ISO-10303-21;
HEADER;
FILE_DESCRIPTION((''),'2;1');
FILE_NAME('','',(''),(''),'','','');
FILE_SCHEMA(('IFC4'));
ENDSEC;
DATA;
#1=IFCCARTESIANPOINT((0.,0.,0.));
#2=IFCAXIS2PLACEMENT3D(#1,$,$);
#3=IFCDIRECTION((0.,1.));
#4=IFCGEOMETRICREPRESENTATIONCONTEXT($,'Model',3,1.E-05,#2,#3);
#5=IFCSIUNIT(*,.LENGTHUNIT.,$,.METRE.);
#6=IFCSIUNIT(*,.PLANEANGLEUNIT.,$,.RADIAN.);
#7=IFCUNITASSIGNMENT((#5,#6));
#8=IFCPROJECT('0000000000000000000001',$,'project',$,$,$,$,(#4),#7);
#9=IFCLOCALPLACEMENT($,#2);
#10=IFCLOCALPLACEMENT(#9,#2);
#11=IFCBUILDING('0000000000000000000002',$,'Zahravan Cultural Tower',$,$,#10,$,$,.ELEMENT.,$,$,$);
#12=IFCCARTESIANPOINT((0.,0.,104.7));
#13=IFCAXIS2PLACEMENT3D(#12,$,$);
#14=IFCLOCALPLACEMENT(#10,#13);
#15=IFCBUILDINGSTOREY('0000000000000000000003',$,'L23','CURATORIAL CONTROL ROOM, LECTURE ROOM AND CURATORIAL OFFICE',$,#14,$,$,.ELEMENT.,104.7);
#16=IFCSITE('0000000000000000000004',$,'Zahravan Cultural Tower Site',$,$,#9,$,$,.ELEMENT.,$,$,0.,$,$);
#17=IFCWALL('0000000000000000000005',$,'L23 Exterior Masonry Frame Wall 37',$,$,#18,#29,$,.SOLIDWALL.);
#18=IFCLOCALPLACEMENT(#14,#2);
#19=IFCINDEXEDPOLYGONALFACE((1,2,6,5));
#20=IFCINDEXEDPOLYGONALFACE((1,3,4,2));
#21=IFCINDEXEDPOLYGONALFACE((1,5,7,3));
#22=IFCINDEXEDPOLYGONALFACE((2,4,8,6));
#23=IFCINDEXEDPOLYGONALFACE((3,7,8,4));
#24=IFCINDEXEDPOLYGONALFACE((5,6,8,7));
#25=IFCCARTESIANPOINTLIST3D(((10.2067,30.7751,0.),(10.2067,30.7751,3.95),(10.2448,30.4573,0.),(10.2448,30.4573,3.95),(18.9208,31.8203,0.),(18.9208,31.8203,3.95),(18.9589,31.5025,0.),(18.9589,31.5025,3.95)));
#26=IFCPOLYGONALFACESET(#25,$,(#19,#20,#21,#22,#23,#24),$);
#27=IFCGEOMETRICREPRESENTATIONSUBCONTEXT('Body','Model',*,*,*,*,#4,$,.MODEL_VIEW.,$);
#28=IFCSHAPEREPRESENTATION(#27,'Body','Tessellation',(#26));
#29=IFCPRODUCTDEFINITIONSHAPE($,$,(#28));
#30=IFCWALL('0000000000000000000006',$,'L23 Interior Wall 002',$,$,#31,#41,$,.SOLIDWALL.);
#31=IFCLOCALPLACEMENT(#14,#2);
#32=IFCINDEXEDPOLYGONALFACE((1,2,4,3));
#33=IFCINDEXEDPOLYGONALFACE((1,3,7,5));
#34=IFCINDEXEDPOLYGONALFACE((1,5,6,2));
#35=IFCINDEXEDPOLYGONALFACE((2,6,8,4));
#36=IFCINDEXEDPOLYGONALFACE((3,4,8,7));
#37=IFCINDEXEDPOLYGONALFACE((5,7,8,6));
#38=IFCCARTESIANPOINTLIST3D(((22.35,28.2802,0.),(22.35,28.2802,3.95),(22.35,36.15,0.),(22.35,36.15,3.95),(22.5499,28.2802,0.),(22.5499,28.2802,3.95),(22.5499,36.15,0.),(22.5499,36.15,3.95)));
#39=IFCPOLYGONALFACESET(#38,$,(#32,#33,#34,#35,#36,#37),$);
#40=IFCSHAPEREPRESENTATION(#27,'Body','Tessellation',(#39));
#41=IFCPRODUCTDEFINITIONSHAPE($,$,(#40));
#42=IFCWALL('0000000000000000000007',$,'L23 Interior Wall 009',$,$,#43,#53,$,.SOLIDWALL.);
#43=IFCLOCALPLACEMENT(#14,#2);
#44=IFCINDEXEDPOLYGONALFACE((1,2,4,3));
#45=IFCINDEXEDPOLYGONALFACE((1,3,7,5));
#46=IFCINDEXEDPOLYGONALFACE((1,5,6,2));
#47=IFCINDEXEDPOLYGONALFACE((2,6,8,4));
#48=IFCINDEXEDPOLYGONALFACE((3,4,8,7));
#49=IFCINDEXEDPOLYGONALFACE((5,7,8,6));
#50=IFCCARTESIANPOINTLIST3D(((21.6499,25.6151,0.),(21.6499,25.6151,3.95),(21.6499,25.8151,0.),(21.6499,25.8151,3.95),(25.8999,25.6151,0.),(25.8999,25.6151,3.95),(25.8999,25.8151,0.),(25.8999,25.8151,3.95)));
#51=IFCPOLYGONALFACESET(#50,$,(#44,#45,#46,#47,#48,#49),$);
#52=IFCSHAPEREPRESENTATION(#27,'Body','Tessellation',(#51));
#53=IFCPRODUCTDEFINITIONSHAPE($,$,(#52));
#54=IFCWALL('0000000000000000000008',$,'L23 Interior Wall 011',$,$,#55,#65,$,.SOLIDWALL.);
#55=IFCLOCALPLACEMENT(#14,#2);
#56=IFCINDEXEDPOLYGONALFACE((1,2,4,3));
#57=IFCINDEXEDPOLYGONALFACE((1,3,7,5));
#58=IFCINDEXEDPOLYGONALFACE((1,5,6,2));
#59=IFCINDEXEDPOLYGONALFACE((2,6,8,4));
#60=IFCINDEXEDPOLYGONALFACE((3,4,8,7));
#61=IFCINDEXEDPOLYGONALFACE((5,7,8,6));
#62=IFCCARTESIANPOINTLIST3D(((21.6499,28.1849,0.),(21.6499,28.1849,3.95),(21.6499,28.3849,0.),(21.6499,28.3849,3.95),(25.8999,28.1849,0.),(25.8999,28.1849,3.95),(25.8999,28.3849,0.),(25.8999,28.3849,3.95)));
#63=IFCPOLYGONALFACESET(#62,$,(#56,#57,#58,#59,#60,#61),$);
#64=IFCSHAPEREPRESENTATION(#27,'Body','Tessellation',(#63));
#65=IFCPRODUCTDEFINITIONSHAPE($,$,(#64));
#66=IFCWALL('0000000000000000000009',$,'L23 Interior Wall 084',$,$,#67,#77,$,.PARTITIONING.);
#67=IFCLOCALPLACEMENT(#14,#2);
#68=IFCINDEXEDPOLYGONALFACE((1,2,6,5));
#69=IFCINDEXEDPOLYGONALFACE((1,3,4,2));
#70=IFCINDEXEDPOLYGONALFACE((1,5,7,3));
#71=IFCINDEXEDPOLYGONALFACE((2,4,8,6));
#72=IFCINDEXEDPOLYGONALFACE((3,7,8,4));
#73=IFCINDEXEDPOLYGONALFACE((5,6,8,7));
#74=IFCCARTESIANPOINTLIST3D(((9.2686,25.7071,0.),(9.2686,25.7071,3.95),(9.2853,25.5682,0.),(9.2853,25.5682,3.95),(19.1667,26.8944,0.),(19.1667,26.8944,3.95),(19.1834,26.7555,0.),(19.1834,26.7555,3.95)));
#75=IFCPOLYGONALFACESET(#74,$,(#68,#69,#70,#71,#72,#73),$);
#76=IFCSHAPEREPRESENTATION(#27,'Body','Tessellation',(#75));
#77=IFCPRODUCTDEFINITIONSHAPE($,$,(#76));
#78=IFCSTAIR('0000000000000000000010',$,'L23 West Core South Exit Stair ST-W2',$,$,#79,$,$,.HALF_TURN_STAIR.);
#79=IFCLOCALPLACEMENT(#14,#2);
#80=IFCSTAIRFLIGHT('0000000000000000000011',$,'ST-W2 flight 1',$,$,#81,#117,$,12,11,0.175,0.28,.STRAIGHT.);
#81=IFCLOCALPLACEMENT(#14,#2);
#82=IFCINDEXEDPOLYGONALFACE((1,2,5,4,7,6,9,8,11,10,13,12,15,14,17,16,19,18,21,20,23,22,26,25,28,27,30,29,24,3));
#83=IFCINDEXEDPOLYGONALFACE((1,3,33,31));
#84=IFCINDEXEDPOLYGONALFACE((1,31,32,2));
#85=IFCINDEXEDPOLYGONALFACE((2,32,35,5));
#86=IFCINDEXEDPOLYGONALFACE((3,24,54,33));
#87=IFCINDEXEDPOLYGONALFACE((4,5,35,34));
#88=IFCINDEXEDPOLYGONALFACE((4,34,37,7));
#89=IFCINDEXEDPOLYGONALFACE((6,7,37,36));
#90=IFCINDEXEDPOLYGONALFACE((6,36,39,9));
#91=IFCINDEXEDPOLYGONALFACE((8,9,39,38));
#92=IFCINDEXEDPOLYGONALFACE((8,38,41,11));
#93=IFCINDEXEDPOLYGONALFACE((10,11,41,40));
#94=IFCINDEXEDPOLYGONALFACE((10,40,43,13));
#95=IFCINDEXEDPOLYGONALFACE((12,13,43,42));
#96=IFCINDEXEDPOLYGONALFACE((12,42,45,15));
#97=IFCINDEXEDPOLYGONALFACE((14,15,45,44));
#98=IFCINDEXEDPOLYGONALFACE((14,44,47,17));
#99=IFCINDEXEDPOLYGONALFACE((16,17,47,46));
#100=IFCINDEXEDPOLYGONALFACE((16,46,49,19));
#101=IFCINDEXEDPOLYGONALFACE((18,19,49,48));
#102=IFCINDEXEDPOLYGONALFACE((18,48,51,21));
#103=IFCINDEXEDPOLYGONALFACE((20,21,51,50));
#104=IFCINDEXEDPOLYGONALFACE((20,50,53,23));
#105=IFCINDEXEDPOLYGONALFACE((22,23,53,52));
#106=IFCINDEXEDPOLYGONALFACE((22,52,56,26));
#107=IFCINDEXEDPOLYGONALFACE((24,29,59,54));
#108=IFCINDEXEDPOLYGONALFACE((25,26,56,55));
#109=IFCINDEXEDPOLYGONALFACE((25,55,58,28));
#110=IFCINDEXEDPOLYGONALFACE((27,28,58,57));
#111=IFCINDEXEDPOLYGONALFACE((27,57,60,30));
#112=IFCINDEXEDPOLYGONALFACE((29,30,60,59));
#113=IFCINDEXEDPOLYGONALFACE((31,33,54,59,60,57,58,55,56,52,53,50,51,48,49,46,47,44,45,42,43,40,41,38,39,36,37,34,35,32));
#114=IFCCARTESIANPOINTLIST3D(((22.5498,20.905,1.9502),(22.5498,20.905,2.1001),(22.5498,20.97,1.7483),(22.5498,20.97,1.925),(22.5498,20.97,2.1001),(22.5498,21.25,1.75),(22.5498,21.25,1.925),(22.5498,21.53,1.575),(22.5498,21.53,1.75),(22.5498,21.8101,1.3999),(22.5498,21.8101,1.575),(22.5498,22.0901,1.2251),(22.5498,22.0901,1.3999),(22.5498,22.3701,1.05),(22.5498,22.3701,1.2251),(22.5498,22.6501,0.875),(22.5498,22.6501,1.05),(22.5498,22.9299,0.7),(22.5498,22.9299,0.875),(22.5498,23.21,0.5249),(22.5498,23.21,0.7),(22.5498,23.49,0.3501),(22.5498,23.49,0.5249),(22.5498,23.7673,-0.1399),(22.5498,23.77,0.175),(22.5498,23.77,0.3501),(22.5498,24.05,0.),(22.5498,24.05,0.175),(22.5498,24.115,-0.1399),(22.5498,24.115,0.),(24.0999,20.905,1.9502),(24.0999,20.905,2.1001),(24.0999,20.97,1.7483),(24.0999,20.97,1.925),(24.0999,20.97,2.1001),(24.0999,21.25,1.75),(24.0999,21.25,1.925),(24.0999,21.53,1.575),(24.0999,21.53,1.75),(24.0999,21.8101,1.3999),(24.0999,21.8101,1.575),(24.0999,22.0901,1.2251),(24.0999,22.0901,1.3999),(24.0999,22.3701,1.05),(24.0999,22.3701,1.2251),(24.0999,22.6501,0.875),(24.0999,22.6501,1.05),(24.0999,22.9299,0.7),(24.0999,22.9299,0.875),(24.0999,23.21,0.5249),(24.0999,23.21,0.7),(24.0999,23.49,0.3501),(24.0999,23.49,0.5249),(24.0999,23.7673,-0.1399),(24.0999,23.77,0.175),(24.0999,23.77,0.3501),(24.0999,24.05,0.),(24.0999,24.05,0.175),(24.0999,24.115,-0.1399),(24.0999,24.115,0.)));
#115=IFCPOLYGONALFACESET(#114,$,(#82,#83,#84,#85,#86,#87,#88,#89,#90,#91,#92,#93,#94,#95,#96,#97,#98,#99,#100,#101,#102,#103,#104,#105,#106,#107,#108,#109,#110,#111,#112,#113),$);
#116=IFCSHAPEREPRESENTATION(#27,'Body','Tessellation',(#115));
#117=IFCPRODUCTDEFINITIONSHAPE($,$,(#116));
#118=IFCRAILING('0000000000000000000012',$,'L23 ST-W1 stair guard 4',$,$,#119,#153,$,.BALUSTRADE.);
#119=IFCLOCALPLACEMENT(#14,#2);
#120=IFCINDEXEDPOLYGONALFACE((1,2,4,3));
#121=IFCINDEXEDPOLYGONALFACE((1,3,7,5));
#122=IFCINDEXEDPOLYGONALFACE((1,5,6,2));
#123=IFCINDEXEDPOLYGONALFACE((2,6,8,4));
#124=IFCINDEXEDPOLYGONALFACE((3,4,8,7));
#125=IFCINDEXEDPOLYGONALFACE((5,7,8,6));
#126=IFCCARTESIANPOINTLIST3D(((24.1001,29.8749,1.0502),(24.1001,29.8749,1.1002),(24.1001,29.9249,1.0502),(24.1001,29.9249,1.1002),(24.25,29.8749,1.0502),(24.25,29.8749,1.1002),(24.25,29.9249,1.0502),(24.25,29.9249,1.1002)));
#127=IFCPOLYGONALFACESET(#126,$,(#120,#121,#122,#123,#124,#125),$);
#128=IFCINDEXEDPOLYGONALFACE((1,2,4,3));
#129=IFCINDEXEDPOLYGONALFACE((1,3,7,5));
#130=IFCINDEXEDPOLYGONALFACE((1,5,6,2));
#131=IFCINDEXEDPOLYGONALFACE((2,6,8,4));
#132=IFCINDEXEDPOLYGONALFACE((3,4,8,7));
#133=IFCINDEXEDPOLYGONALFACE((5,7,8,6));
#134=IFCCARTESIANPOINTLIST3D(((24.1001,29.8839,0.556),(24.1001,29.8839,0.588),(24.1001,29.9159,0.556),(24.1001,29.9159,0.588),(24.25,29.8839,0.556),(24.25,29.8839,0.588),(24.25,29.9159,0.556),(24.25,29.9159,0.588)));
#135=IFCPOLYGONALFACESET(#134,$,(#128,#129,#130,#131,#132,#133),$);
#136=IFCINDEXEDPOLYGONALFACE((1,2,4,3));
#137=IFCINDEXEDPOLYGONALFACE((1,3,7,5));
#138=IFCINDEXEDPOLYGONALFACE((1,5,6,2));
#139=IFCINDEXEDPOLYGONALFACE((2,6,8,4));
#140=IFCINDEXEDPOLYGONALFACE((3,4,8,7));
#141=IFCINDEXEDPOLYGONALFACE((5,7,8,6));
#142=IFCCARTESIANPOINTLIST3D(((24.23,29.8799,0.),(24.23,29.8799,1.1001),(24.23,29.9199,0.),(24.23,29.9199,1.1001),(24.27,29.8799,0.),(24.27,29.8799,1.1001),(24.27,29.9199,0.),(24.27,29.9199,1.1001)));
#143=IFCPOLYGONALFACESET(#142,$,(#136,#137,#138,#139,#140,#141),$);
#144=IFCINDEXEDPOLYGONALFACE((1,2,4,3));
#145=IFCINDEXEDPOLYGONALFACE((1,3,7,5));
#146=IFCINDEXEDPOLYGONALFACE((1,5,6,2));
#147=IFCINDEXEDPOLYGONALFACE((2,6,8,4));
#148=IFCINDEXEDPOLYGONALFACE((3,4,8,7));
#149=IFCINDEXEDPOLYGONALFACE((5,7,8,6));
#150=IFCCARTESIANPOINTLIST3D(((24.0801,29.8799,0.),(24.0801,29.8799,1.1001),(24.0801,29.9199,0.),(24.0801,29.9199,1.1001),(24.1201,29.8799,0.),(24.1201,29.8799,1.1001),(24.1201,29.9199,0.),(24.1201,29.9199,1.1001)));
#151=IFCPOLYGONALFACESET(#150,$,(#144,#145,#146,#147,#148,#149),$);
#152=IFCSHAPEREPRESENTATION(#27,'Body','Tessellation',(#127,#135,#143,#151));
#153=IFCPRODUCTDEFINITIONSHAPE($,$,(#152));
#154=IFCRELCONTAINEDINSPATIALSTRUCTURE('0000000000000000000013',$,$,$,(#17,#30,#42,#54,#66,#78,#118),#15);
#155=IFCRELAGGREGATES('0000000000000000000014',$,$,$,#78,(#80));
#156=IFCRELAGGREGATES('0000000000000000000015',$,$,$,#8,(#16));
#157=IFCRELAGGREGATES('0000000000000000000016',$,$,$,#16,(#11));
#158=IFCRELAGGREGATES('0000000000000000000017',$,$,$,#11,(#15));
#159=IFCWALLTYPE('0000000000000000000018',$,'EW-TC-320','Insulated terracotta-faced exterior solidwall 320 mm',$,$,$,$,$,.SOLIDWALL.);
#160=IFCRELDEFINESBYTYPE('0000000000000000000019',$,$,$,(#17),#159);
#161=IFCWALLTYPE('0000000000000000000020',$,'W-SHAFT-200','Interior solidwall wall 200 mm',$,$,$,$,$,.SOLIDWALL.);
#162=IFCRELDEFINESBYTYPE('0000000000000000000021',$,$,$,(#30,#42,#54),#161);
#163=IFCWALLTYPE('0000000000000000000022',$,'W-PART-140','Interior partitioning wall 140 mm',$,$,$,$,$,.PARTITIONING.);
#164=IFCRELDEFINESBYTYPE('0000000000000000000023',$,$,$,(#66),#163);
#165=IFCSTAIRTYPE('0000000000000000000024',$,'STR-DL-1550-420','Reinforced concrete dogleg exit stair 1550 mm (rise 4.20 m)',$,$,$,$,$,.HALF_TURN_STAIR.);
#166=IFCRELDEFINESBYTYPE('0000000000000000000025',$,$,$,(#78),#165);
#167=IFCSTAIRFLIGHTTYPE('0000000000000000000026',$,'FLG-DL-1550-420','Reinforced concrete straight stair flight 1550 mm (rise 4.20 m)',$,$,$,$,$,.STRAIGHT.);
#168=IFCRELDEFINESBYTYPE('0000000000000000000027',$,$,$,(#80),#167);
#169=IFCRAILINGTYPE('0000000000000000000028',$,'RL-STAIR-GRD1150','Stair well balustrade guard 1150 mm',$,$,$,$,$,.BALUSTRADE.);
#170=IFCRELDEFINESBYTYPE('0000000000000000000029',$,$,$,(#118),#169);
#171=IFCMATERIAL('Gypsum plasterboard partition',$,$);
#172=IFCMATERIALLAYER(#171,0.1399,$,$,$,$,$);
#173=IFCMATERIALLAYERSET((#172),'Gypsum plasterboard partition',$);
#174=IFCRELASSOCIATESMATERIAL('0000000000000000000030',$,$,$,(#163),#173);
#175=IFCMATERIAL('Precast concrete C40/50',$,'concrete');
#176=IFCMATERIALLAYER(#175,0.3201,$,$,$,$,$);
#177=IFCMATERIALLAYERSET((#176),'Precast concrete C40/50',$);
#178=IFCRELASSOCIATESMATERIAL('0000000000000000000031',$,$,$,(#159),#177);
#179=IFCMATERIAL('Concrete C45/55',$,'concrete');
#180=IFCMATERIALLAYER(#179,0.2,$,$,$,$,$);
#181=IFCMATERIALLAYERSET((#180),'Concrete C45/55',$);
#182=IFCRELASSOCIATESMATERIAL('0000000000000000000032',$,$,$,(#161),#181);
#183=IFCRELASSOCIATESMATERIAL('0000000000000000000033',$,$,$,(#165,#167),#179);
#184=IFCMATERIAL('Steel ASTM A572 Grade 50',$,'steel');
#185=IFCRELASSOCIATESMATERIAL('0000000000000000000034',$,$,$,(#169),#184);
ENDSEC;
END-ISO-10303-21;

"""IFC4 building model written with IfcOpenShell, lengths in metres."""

from ifc_helpers import new_model, si_unit, direction, frame, frame_2d, origin, origin_2d, place, context, subcontext, project, spatial, polyline, rectangle, outline, extrude, source, transform, mapped, material, layer, layer_set, type_object, element, aggregate, save


model = new_model("IFC4")

# Units and contexts
model_context = context("Model", 3, precision=1e-05, world=origin(), true_north=direction((0.0, 1.0)))
body_context = subcontext(model_context, "Body", "Model", "MODEL_VIEW")
ifc_project = project(units=[si_unit("LENGTHUNIT", "METRE"), si_unit("PLANEANGLEUNIT", "RADIAN")], contexts=[model_context])

# Site, building, storey
site_placement = place(None, origin())
site = spatial("IfcSite", under=ifc_project, at=site_placement, Name="Zahravan Cultural Tower Site", CompositionType="ELEMENT", RefElevation=0.0)
building_placement = place(site_placement, origin())
building = spatial("IfcBuilding", under=site, at=building_placement, Name="Zahravan Cultural Tower", CompositionType="ELEMENT")
storey_placement = place(building_placement, frame((0.0, 0.0, 104.7)))
storey = spatial("IfcBuildingStorey", under=building, at=storey_placement, Name="L23", Description="CURATORIAL CONTROL ROOM, LECTURE ROOM AND CURATORIAL OFFICE", CompositionType="ELEMENT", Elevation=104.7)

# Shared definitions
ifc_material_1 = material(Name="Gypsum plasterboard partition")
ifc_layer_1 = layer(ifc_material_1, 0.1399)
ifc_layer_set_1 = layer_set([ifc_layer_1], Name="Gypsum plasterboard partition")
wall_type_1 = type_object("IfcWallType", Name="W-PART-140", Description="Interior partitioning wall 140 mm", PredefinedType="PARTITIONING", material=ifc_layer_set_1)

# Walls
ifc_material_2 = material(Name="Precast concrete C40/50", Category="concrete")
ifc_layer_2 = layer(ifc_material_2, 0.3201)
ifc_layer_set_2 = layer_set([ifc_layer_2], Name="Precast concrete C40/50")
wall_type_2 = type_object("IfcWallType", Name="EW-TC-320", Description="Insulated terracotta-faced exterior solidwall 320 mm", PredefinedType="SOLIDWALL", material=ifc_layer_set_2)
shared_shape_1 = source(origin(), body_context, "Body", "SweptSolid", [
    extrude(rectangle(XDim=8.7766, YDim=0.3201, at=frame_2d((4.3882, 0.0))), origin(), (0.0, 0.0, 1.0), 3.95),
])
wall_1_placement = place(storey_placement, frame((10.2258, 30.6162, 0.0), z_axis=(0.0, 0.0, 1.0), x_axis=(0.992884, 0.119086, 0.0)))
element("IfcWall", 1, at=wall_1_placement, inside=storey, type_object=wall_type_2, Name="L23 Exterior Masonry Frame Wall 37", PredefinedType="SOLIDWALL", context=body_context, shape_type="MappedRepresentation", body=[
    mapped(shared_shape_1, transform((0.0, 0.0, 0.0), x_axis=(1.0, 0.0, 0.0), y_axis=(0.0, 1.0, 0.0), z_axis=(0.0, 0.0, 1.0), scale=1.0)),
])
ifc_material_3 = material(Name="Concrete C45/55", Category="concrete")
ifc_layer_3 = layer(ifc_material_3, 0.2)
ifc_layer_set_3 = layer_set([ifc_layer_3], Name="Concrete C45/55")
wall_type_3 = type_object("IfcWallType", Name="W-SHAFT-200", Description="Interior solidwall wall 200 mm", PredefinedType="SOLIDWALL", material=ifc_layer_set_3)
shared_shape_2 = source(origin(), body_context, "Body", "SweptSolid", [
    extrude(rectangle(XDim=7.8699, YDim=0.2, at=frame_2d((3.9351, 0.0))), origin(), (0.0, 0.0, 1.0), 3.95),
])
wall_2_placement = place(storey_placement, frame((22.45, 28.28, 0.0), z_axis=(0.0, 0.0, 1.0), x_axis=(0.0, 1.0, 0.0)))
element("IfcWall", 2, at=wall_2_placement, inside=storey, type_object=wall_type_3, Name="L23 Interior Wall 002", PredefinedType="SOLIDWALL", context=body_context, shape_type="MappedRepresentation", body=[
    mapped(shared_shape_2, transform((0.0, 0.0, 0.0), x_axis=(1.0, 0.0, 0.0), y_axis=(0.0, 1.0, 0.0), z_axis=(0.0, 0.0, 1.0), scale=1.0)),
])
shared_shape_3 = source(origin(), body_context, "Body", "SweptSolid", [
    extrude(rectangle(XDim=4.25, YDim=0.2, at=frame_2d((2.125, 0.0))), origin(), (0.0, 0.0, 1.0), 3.95),
])
for number, where, z_axis, x_axis, name in (
    (3, (21.6499, 25.7151, 0.0), (0.0, 0.0, 1.0), (1.0, 0.0, 0.0), "L23 Interior Wall 009"),
    (4, (21.6499, 28.2849, 0.0), (0.0, 0.0, 1.0), (1.0, 0.0, 0.0), "L23 Interior Wall 011"),
):
    element("IfcWall", number, at=place(storey_placement, frame(where, z_axis=z_axis, x_axis=x_axis)), inside=storey, type_object=wall_type_3, Name=name, PredefinedType="SOLIDWALL", context=body_context, shape_type="MappedRepresentation", body=[
        mapped(shared_shape_3, transform((0.0, 0.0, 0.0), x_axis=(1.0, 0.0, 0.0), y_axis=(0.0, 1.0, 0.0), z_axis=(0.0, 0.0, 1.0), scale=1.0)),
    ])
shared_shape_4 = source(origin(), body_context, "Body", "SweptSolid", [
    extrude(rectangle(XDim=9.969, YDim=0.1399, at=frame_2d((4.9844, 0.0))), origin(), (0.0, 0.0, 1.0), 3.95),
])
wall_3_placement = place(storey_placement, frame((9.2771, 25.6377, 0.0), z_axis=(0.0, 0.0, 1.0), x_axis=(0.992883, 0.119096, 0.0)))
element("IfcWall", 5, at=wall_3_placement, inside=storey, type_object=wall_type_1, Name="L23 Interior Wall 084", PredefinedType="PARTITIONING", context=body_context, shape_type="MappedRepresentation", body=[
    mapped(shared_shape_4, transform((0.0, 0.0, 0.0), x_axis=(1.0, 0.0, 0.0), y_axis=(0.0, 1.0, 0.0), z_axis=(0.0, 0.0, 1.0), scale=1.0)),
])

# Stair, stair flight
stair_type = type_object("IfcStairType", Name="STR-DL-1550-420", Description="Reinforced concrete dogleg exit stair 1550 mm (rise 4.20 m)", PredefinedType="HALF_TURN_STAIR", material=ifc_material_3)
stair_placement = place(storey_placement, origin())
stair = element("IfcStair", 6, at=stair_placement, inside=storey, type_object=stair_type, Name="L23 West Core South Exit Stair ST-W2", PredefinedType="HALF_TURN_STAIR")
stair_flight_type = type_object("IfcStairFlightType", Name="FLG-DL-1550-420", Description="Reinforced concrete straight stair flight 1550 mm (rise 4.20 m)", PredefinedType="STRAIGHT", material=ifc_material_3)
stair_flight_placement = place(storey_placement, frame((23.325, 24.05, 0.0), z_axis=(0.0, 0.0, 1.0), x_axis=(0.0, -1.0, 0.0)))
stair_flight = element("IfcStairFlight", 7, at=stair_flight_placement, type_object=stair_flight_type, Name="ST-W2 flight 1", NumberOfRisers=12, NumberOfTreads=11, PredefinedType="STRAIGHT", RiserHeight=0.175, TreadLength=0.28, context=body_context, shape_type="SweptSolid", body=[
    extrude(outline(polyline([(-0.0649, -0.1399), (-0.0649, 0.0), (0.0, 0.0), (0.0, 0.175), (0.28, 0.175), (0.28, 0.3501), (0.5601, 0.3501), (0.5601, 0.5249), (0.8401, 0.5249), (0.8401, 0.7), (1.1201, 0.7), (1.1201, 0.875), (1.3999, 0.875), (1.3999, 1.05), (1.6799, 1.05), (1.6799, 1.2251), (1.96, 1.2251), (1.96, 1.3999), (2.24, 1.3999), (2.24, 1.575), (2.52, 1.575), (2.52, 1.75), (2.8, 1.75), (2.8, 1.925), (3.0801, 1.925), (3.0801, 2.1001), (3.145, 2.1001), (3.145, 1.9502), (3.0801, 1.7483), (0.2827, -0.1399), (-0.0649, -0.1399)])), frame((0.0, 0.7749, 0.0), z_axis=(0.0, -1.0, 0.0), x_axis=(1.0, 0.0, 0.0)), (0.0, 0.0, 1.0), 1.55),
])
aggregate(stair, [stair_flight])

# Railing
ifc_material_4 = material(Name="Steel ASTM A572 Grade 50", Category="steel")
railing_type_1 = type_object("IfcRailingType", Name="RL-STAIR-GRD1150", Description="Stair well balustrade guard 1150 mm", PredefinedType="BALUSTRADE", material=ifc_material_4)
railing_1_placement = place(storey_placement, frame((24.25, 29.8999, 0.0)))
element("IfcRailing", 8, at=railing_1_placement, inside=storey, type_object=railing_type_1, Name="L23 ST-W1 stair guard 4", PredefinedType="BALUSTRADE", context=body_context, shape_type="SweptSolid", body=[
    extrude(rectangle(XDim=0.05, YDim=0.05, at=origin_2d()), frame((0.0, 0.0, 1.0752), z_axis=(-1.0, 0.0, 0.0), x_axis=(0.0, -1.0, 0.0)), (0.0, 0.0, 1.0), 0.1499),
    extrude(rectangle(XDim=0.032, YDim=0.032, at=origin_2d()), frame((0.0, 0.0, 0.572), z_axis=(-1.0, 0.0, 0.0), x_axis=(0.0, -1.0, 0.0)), (0.0, 0.0, 1.0), 0.1499),
    extrude(rectangle(XDim=0.04, YDim=0.04, at=origin_2d()), origin(), (0.0, 0.0, 1.0), 1.1001),
    extrude(rectangle(XDim=0.04, YDim=0.04, at=origin_2d()), frame((-0.1499, 0.0, 0.0)), (0.0, 0.0, 1.0), 1.1001),
])

save(model, "model.ifc")
